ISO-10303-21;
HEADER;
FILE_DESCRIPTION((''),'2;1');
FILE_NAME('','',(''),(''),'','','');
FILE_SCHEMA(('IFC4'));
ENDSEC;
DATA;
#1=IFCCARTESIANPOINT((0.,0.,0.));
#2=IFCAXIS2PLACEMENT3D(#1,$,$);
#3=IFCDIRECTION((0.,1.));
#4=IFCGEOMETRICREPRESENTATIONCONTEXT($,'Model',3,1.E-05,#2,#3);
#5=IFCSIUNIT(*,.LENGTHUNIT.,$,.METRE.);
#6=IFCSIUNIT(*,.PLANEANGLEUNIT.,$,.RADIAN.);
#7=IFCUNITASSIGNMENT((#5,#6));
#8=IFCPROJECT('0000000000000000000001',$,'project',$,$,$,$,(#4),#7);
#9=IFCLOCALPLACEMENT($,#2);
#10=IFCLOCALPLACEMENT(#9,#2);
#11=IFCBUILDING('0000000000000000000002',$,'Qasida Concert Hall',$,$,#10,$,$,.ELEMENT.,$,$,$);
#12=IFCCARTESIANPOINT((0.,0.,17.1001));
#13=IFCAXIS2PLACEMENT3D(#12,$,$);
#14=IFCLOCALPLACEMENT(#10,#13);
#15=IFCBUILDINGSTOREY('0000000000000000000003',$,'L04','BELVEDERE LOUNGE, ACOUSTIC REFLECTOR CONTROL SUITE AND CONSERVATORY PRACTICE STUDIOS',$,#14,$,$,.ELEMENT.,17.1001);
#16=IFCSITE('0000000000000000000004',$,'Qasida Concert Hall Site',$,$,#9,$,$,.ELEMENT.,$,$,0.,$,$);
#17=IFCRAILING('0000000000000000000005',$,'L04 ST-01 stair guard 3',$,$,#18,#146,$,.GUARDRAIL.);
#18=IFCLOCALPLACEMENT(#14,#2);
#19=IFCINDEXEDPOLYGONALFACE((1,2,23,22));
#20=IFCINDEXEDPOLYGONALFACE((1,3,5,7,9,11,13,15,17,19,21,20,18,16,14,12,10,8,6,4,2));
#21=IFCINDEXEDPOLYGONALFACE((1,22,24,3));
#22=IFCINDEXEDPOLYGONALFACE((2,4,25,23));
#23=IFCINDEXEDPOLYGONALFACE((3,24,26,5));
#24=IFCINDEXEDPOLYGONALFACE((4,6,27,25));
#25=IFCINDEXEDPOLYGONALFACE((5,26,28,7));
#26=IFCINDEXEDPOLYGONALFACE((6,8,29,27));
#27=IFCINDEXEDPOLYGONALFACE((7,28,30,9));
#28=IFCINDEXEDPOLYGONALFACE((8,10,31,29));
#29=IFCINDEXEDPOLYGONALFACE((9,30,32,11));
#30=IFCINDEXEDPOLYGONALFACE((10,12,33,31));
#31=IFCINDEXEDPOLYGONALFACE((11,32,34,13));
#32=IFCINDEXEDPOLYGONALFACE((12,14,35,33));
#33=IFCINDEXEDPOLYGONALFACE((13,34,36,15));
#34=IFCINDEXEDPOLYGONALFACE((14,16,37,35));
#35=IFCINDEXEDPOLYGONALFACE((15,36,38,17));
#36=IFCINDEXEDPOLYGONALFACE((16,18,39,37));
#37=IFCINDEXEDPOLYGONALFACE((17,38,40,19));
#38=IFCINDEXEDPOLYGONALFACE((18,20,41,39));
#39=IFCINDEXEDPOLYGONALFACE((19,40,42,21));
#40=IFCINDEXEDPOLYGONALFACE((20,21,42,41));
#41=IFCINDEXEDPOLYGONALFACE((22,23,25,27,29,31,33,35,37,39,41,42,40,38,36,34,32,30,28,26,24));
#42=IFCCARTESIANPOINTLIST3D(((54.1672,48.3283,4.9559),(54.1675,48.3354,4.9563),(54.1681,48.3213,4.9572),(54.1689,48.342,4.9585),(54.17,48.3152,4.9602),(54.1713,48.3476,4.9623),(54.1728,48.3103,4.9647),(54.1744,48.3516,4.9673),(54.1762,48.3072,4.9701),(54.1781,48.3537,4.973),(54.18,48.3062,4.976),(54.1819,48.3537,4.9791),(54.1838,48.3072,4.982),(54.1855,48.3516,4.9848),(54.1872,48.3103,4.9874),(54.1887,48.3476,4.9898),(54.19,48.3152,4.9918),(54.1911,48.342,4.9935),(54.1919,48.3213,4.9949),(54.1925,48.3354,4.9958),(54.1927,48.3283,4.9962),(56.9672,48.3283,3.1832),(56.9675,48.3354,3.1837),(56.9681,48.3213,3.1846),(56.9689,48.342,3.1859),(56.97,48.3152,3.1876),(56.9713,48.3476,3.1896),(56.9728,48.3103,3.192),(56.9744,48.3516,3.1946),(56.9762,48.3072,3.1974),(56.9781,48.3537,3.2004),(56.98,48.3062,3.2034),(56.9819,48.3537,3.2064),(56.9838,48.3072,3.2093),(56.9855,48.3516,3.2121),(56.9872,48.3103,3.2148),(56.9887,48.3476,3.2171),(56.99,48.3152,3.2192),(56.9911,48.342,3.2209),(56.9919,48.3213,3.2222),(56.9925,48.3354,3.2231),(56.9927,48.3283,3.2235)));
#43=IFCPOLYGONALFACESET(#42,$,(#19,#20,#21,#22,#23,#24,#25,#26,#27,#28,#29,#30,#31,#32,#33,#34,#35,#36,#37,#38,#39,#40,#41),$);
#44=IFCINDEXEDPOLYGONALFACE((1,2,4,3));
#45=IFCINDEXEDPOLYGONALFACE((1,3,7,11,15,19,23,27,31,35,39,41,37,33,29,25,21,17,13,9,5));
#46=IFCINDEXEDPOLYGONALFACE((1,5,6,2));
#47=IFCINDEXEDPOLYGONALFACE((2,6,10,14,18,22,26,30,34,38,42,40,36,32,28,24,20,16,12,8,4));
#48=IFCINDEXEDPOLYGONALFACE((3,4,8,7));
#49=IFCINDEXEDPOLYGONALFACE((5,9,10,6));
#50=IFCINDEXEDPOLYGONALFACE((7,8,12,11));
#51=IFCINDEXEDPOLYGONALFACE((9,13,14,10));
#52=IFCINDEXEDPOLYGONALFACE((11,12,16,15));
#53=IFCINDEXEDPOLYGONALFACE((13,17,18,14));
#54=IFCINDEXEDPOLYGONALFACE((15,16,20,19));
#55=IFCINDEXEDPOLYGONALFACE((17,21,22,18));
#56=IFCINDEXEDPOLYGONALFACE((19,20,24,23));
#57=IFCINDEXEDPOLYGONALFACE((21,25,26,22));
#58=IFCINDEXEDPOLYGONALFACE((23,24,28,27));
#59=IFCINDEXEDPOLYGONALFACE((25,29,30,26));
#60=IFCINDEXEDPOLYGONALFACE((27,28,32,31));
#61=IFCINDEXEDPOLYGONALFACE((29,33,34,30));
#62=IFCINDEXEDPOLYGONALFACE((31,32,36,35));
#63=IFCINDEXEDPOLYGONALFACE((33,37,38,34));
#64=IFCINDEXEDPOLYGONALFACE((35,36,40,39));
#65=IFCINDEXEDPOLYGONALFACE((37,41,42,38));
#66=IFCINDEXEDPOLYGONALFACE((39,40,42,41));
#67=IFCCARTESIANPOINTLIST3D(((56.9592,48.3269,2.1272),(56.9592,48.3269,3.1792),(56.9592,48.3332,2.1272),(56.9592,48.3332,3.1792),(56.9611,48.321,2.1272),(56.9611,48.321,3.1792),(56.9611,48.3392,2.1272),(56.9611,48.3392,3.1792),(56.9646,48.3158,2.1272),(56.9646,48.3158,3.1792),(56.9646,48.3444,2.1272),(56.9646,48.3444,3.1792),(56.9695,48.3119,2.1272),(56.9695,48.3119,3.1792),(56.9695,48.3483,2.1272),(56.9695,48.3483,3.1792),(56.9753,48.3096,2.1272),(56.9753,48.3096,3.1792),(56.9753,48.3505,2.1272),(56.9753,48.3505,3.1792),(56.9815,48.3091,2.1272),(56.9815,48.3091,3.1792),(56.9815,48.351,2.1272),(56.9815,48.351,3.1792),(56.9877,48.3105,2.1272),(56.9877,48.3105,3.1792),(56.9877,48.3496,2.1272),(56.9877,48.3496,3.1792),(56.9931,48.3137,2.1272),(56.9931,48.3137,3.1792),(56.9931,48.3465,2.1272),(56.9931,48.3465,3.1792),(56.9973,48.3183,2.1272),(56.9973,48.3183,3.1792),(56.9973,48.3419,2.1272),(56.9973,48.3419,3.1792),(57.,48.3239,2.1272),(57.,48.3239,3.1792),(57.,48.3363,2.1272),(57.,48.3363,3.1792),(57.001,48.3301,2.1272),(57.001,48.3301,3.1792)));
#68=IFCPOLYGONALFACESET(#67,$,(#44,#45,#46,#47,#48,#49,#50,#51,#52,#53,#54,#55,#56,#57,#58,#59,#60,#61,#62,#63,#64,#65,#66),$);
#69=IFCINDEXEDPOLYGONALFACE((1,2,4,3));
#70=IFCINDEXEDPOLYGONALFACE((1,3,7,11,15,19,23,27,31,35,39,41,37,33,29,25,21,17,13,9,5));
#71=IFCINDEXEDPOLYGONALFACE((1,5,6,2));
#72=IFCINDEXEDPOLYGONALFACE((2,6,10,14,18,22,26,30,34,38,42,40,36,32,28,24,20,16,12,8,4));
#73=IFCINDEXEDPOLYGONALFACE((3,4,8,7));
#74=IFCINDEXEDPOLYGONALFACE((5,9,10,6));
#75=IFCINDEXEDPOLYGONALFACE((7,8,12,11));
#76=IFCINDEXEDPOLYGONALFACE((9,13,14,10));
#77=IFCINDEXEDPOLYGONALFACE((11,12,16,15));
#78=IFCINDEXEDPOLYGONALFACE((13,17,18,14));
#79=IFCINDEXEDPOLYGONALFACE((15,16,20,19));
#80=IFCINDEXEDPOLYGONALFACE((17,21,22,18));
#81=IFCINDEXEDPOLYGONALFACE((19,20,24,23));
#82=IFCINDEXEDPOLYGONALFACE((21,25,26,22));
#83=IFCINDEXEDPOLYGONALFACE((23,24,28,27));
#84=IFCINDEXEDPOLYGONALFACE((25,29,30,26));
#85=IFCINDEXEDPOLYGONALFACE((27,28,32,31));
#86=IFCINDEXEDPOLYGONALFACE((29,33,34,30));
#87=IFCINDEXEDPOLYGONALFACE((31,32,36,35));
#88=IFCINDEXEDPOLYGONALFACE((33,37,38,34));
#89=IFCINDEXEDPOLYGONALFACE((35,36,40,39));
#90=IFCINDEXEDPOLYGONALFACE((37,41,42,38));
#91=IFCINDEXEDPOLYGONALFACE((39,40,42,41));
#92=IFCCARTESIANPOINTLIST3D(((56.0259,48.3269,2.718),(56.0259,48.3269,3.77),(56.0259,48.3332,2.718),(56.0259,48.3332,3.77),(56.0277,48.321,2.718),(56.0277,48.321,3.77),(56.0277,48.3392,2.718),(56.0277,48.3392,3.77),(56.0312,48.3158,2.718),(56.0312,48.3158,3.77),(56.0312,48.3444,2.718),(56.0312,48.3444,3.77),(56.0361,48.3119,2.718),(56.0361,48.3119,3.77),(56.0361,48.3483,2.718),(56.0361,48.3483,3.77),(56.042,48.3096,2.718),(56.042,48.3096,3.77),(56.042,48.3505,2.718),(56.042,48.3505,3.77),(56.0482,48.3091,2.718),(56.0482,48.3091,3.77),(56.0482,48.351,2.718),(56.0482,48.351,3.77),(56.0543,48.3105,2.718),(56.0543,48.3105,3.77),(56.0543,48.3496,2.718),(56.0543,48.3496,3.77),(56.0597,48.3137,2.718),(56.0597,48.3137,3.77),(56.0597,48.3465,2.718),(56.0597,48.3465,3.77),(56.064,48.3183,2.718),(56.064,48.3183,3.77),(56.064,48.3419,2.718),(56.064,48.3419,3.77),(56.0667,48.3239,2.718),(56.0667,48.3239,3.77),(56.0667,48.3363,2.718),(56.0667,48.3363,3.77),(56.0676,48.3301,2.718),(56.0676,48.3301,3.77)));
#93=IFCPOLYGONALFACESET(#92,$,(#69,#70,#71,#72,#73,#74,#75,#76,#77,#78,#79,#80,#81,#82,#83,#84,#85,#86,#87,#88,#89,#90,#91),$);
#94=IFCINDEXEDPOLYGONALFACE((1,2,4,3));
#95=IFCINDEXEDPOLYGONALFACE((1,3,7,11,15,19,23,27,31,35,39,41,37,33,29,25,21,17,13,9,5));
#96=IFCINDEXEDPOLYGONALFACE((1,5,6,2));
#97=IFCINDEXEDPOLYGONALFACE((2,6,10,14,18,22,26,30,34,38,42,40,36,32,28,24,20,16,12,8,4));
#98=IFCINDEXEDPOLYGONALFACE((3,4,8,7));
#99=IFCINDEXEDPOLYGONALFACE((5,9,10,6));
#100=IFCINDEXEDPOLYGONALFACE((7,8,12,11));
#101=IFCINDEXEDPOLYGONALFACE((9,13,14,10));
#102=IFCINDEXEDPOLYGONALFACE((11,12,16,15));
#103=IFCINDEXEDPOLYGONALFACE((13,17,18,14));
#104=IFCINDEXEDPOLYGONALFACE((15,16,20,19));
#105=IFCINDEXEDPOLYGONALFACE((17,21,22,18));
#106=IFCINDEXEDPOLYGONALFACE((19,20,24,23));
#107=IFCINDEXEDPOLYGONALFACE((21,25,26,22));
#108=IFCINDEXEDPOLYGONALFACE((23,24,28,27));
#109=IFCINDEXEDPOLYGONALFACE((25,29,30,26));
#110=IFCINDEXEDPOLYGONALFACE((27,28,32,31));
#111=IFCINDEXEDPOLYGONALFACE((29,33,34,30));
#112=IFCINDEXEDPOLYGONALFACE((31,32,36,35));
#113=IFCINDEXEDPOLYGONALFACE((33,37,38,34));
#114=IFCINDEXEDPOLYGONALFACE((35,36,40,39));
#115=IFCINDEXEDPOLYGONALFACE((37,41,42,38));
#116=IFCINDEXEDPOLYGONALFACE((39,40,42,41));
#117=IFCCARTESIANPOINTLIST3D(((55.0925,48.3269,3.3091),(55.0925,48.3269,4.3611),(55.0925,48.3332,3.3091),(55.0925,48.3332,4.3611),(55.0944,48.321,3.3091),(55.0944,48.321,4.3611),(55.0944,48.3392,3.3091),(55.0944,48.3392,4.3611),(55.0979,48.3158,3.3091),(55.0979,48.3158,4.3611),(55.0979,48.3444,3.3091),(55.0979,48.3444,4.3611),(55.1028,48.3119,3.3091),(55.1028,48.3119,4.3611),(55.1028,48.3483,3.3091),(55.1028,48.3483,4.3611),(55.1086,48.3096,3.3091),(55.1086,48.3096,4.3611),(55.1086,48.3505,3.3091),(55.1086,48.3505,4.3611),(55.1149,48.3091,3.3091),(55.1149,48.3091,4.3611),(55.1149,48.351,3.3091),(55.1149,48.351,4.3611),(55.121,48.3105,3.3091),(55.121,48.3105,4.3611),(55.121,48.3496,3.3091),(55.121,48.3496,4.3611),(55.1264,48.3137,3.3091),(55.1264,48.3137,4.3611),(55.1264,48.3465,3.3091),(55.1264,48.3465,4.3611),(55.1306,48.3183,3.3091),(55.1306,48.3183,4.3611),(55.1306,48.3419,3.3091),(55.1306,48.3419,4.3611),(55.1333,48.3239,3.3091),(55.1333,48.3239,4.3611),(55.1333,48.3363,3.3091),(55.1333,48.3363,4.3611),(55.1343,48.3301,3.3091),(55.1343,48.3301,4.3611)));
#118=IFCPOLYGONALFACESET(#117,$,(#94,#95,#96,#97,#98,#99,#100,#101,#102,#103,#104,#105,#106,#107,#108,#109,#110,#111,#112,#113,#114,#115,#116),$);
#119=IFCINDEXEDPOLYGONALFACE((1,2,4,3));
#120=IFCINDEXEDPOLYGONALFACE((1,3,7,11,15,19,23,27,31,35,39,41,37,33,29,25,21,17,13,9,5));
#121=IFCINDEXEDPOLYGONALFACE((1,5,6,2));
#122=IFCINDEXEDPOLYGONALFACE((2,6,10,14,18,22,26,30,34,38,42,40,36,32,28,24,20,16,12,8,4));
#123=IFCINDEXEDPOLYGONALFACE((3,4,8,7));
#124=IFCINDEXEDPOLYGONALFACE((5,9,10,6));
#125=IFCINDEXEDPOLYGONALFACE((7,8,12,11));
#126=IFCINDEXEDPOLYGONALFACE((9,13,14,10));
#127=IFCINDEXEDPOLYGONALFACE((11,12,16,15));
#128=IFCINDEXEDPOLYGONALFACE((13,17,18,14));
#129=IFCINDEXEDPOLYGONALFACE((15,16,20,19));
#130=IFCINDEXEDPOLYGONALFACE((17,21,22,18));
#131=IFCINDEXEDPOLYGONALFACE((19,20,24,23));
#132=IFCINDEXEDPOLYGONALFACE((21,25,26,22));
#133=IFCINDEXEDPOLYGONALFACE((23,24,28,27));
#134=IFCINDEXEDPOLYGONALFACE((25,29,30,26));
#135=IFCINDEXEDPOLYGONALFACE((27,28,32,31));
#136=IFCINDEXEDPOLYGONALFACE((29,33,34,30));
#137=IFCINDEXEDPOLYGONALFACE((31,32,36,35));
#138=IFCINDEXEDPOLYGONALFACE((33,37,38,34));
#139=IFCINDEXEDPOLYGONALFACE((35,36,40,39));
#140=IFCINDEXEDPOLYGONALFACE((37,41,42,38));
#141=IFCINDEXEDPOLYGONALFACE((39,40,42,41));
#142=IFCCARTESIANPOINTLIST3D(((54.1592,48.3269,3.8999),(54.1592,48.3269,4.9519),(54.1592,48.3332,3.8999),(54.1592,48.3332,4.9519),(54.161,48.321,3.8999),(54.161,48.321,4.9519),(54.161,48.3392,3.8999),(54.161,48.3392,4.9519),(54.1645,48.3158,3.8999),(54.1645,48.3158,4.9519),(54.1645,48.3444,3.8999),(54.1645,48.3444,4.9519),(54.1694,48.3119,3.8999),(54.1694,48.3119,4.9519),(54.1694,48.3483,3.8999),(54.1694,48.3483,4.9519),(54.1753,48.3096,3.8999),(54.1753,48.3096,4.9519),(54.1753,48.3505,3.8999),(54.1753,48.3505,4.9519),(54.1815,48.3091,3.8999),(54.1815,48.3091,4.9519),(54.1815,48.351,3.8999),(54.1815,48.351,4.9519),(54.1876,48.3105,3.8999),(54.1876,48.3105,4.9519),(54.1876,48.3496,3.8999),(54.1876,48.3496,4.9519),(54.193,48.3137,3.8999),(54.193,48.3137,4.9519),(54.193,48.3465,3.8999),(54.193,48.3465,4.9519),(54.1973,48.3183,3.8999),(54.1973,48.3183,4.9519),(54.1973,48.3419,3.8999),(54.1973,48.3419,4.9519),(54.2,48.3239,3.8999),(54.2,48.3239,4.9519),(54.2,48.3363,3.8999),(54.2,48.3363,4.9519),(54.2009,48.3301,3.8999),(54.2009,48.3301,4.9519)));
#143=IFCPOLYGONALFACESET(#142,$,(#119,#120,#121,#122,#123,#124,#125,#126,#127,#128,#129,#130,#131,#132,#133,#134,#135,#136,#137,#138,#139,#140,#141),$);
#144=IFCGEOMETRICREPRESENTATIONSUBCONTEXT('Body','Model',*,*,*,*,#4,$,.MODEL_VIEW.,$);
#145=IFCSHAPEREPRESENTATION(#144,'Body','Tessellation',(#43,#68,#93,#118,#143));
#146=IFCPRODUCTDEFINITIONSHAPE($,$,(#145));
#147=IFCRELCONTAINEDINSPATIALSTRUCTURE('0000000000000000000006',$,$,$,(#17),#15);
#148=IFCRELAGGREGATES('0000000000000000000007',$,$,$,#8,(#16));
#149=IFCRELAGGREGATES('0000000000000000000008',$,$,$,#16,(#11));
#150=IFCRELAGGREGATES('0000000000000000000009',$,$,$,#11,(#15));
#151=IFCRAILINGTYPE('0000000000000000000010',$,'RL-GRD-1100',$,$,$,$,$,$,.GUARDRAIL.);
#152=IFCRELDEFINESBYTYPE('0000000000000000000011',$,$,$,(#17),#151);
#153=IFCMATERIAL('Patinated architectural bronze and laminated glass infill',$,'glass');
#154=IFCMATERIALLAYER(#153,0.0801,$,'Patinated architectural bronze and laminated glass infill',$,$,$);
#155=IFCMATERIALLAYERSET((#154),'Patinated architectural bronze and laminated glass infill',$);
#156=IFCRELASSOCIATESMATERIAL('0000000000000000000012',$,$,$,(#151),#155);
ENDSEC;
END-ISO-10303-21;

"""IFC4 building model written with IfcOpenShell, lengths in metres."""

from ifc_helpers import new_model, si_unit, direction, frame, origin, origin_2d, place, context, subcontext, project, spatial, circle, extrude, material, layer, layer_set, type_object, element, save


model = new_model("IFC4")

# Units and contexts
model_context = context("Model", 3, precision=1e-05, world=origin(), true_north=direction((0.0, 1.0)))
body_context = subcontext(model_context, "Body", "Model", "MODEL_VIEW")
ifc_project = project(units=[si_unit("LENGTHUNIT", "METRE"), si_unit("PLANEANGLEUNIT", "RADIAN")], contexts=[model_context])

# Site, building, storey
site_placement = place(None, origin())
site = spatial("IfcSite", under=ifc_project, at=site_placement, Name="Qasida Concert Hall Site", CompositionType="ELEMENT", RefElevation=0.0)
building_placement = place(site_placement, origin())
building = spatial("IfcBuilding", under=site, at=building_placement, Name="Qasida Concert Hall", CompositionType="ELEMENT")
storey_placement = place(building_placement, frame((0.0, 0.0, 17.1001)))
storey = spatial("IfcBuildingStorey", under=building, at=storey_placement, Name="L04", Description="BELVEDERE LOUNGE, ACOUSTIC REFLECTOR CONTROL SUITE AND CONSERVATORY PRACTICE STUDIOS", CompositionType="ELEMENT", Elevation=17.1001)

# Railing
ifc_material_1 = material(Name="Patinated architectural bronze and laminated glass infill", Category="glass")
ifc_layer_1 = layer(ifc_material_1, 0.0801, Name="Patinated architectural bronze and laminated glass infill")
ifc_layer_set_1 = layer_set([ifc_layer_1], Name="Patinated architectural bronze and laminated glass infill")
railing_type_1 = type_object("IfcRailingType", Name="RL-GRD-1100", PredefinedType="GUARDRAIL", material=ifc_layer_set_1)
railing_1_placement = place(storey_placement, frame((56.98, 48.3301, 2.1272)))
element("IfcRailing", 1, at=railing_1_placement, inside=storey, type_object=railing_type_1, Name="L04 ST-01 stair guard 3", PredefinedType="GUARDRAIL", context=body_context, shape_type="SweptSolid", body=[
    extrude(circle(Radius=0.0239, at=origin_2d()), frame((0.0, 0.0, 1.0762), z_axis=(-0.844909, 0.0, 0.53491), x_axis=(0.0, -1.0, 0.0)), (0.0, 0.0, 1.0), 3.314),
    extrude(circle(Radius=0.021, at=origin_2d()), origin(), (0.0, 0.0, 1.0), 1.052),
    extrude(circle(Radius=0.021, at=origin_2d()), frame((-0.9333, 0.0, 0.5908)), (0.0, 0.0, 1.0), 1.052),
    extrude(circle(Radius=0.021, at=origin_2d()), frame((-1.8667, 0.0, 1.1819)), (0.0, 0.0, 1.0), 1.052),
    extrude(circle(Radius=0.021, at=origin_2d()), frame((-2.8, 0.0, 1.7727)), (0.0, 0.0, 1.0), 1.052),
])

save(model, "model.ifc")
